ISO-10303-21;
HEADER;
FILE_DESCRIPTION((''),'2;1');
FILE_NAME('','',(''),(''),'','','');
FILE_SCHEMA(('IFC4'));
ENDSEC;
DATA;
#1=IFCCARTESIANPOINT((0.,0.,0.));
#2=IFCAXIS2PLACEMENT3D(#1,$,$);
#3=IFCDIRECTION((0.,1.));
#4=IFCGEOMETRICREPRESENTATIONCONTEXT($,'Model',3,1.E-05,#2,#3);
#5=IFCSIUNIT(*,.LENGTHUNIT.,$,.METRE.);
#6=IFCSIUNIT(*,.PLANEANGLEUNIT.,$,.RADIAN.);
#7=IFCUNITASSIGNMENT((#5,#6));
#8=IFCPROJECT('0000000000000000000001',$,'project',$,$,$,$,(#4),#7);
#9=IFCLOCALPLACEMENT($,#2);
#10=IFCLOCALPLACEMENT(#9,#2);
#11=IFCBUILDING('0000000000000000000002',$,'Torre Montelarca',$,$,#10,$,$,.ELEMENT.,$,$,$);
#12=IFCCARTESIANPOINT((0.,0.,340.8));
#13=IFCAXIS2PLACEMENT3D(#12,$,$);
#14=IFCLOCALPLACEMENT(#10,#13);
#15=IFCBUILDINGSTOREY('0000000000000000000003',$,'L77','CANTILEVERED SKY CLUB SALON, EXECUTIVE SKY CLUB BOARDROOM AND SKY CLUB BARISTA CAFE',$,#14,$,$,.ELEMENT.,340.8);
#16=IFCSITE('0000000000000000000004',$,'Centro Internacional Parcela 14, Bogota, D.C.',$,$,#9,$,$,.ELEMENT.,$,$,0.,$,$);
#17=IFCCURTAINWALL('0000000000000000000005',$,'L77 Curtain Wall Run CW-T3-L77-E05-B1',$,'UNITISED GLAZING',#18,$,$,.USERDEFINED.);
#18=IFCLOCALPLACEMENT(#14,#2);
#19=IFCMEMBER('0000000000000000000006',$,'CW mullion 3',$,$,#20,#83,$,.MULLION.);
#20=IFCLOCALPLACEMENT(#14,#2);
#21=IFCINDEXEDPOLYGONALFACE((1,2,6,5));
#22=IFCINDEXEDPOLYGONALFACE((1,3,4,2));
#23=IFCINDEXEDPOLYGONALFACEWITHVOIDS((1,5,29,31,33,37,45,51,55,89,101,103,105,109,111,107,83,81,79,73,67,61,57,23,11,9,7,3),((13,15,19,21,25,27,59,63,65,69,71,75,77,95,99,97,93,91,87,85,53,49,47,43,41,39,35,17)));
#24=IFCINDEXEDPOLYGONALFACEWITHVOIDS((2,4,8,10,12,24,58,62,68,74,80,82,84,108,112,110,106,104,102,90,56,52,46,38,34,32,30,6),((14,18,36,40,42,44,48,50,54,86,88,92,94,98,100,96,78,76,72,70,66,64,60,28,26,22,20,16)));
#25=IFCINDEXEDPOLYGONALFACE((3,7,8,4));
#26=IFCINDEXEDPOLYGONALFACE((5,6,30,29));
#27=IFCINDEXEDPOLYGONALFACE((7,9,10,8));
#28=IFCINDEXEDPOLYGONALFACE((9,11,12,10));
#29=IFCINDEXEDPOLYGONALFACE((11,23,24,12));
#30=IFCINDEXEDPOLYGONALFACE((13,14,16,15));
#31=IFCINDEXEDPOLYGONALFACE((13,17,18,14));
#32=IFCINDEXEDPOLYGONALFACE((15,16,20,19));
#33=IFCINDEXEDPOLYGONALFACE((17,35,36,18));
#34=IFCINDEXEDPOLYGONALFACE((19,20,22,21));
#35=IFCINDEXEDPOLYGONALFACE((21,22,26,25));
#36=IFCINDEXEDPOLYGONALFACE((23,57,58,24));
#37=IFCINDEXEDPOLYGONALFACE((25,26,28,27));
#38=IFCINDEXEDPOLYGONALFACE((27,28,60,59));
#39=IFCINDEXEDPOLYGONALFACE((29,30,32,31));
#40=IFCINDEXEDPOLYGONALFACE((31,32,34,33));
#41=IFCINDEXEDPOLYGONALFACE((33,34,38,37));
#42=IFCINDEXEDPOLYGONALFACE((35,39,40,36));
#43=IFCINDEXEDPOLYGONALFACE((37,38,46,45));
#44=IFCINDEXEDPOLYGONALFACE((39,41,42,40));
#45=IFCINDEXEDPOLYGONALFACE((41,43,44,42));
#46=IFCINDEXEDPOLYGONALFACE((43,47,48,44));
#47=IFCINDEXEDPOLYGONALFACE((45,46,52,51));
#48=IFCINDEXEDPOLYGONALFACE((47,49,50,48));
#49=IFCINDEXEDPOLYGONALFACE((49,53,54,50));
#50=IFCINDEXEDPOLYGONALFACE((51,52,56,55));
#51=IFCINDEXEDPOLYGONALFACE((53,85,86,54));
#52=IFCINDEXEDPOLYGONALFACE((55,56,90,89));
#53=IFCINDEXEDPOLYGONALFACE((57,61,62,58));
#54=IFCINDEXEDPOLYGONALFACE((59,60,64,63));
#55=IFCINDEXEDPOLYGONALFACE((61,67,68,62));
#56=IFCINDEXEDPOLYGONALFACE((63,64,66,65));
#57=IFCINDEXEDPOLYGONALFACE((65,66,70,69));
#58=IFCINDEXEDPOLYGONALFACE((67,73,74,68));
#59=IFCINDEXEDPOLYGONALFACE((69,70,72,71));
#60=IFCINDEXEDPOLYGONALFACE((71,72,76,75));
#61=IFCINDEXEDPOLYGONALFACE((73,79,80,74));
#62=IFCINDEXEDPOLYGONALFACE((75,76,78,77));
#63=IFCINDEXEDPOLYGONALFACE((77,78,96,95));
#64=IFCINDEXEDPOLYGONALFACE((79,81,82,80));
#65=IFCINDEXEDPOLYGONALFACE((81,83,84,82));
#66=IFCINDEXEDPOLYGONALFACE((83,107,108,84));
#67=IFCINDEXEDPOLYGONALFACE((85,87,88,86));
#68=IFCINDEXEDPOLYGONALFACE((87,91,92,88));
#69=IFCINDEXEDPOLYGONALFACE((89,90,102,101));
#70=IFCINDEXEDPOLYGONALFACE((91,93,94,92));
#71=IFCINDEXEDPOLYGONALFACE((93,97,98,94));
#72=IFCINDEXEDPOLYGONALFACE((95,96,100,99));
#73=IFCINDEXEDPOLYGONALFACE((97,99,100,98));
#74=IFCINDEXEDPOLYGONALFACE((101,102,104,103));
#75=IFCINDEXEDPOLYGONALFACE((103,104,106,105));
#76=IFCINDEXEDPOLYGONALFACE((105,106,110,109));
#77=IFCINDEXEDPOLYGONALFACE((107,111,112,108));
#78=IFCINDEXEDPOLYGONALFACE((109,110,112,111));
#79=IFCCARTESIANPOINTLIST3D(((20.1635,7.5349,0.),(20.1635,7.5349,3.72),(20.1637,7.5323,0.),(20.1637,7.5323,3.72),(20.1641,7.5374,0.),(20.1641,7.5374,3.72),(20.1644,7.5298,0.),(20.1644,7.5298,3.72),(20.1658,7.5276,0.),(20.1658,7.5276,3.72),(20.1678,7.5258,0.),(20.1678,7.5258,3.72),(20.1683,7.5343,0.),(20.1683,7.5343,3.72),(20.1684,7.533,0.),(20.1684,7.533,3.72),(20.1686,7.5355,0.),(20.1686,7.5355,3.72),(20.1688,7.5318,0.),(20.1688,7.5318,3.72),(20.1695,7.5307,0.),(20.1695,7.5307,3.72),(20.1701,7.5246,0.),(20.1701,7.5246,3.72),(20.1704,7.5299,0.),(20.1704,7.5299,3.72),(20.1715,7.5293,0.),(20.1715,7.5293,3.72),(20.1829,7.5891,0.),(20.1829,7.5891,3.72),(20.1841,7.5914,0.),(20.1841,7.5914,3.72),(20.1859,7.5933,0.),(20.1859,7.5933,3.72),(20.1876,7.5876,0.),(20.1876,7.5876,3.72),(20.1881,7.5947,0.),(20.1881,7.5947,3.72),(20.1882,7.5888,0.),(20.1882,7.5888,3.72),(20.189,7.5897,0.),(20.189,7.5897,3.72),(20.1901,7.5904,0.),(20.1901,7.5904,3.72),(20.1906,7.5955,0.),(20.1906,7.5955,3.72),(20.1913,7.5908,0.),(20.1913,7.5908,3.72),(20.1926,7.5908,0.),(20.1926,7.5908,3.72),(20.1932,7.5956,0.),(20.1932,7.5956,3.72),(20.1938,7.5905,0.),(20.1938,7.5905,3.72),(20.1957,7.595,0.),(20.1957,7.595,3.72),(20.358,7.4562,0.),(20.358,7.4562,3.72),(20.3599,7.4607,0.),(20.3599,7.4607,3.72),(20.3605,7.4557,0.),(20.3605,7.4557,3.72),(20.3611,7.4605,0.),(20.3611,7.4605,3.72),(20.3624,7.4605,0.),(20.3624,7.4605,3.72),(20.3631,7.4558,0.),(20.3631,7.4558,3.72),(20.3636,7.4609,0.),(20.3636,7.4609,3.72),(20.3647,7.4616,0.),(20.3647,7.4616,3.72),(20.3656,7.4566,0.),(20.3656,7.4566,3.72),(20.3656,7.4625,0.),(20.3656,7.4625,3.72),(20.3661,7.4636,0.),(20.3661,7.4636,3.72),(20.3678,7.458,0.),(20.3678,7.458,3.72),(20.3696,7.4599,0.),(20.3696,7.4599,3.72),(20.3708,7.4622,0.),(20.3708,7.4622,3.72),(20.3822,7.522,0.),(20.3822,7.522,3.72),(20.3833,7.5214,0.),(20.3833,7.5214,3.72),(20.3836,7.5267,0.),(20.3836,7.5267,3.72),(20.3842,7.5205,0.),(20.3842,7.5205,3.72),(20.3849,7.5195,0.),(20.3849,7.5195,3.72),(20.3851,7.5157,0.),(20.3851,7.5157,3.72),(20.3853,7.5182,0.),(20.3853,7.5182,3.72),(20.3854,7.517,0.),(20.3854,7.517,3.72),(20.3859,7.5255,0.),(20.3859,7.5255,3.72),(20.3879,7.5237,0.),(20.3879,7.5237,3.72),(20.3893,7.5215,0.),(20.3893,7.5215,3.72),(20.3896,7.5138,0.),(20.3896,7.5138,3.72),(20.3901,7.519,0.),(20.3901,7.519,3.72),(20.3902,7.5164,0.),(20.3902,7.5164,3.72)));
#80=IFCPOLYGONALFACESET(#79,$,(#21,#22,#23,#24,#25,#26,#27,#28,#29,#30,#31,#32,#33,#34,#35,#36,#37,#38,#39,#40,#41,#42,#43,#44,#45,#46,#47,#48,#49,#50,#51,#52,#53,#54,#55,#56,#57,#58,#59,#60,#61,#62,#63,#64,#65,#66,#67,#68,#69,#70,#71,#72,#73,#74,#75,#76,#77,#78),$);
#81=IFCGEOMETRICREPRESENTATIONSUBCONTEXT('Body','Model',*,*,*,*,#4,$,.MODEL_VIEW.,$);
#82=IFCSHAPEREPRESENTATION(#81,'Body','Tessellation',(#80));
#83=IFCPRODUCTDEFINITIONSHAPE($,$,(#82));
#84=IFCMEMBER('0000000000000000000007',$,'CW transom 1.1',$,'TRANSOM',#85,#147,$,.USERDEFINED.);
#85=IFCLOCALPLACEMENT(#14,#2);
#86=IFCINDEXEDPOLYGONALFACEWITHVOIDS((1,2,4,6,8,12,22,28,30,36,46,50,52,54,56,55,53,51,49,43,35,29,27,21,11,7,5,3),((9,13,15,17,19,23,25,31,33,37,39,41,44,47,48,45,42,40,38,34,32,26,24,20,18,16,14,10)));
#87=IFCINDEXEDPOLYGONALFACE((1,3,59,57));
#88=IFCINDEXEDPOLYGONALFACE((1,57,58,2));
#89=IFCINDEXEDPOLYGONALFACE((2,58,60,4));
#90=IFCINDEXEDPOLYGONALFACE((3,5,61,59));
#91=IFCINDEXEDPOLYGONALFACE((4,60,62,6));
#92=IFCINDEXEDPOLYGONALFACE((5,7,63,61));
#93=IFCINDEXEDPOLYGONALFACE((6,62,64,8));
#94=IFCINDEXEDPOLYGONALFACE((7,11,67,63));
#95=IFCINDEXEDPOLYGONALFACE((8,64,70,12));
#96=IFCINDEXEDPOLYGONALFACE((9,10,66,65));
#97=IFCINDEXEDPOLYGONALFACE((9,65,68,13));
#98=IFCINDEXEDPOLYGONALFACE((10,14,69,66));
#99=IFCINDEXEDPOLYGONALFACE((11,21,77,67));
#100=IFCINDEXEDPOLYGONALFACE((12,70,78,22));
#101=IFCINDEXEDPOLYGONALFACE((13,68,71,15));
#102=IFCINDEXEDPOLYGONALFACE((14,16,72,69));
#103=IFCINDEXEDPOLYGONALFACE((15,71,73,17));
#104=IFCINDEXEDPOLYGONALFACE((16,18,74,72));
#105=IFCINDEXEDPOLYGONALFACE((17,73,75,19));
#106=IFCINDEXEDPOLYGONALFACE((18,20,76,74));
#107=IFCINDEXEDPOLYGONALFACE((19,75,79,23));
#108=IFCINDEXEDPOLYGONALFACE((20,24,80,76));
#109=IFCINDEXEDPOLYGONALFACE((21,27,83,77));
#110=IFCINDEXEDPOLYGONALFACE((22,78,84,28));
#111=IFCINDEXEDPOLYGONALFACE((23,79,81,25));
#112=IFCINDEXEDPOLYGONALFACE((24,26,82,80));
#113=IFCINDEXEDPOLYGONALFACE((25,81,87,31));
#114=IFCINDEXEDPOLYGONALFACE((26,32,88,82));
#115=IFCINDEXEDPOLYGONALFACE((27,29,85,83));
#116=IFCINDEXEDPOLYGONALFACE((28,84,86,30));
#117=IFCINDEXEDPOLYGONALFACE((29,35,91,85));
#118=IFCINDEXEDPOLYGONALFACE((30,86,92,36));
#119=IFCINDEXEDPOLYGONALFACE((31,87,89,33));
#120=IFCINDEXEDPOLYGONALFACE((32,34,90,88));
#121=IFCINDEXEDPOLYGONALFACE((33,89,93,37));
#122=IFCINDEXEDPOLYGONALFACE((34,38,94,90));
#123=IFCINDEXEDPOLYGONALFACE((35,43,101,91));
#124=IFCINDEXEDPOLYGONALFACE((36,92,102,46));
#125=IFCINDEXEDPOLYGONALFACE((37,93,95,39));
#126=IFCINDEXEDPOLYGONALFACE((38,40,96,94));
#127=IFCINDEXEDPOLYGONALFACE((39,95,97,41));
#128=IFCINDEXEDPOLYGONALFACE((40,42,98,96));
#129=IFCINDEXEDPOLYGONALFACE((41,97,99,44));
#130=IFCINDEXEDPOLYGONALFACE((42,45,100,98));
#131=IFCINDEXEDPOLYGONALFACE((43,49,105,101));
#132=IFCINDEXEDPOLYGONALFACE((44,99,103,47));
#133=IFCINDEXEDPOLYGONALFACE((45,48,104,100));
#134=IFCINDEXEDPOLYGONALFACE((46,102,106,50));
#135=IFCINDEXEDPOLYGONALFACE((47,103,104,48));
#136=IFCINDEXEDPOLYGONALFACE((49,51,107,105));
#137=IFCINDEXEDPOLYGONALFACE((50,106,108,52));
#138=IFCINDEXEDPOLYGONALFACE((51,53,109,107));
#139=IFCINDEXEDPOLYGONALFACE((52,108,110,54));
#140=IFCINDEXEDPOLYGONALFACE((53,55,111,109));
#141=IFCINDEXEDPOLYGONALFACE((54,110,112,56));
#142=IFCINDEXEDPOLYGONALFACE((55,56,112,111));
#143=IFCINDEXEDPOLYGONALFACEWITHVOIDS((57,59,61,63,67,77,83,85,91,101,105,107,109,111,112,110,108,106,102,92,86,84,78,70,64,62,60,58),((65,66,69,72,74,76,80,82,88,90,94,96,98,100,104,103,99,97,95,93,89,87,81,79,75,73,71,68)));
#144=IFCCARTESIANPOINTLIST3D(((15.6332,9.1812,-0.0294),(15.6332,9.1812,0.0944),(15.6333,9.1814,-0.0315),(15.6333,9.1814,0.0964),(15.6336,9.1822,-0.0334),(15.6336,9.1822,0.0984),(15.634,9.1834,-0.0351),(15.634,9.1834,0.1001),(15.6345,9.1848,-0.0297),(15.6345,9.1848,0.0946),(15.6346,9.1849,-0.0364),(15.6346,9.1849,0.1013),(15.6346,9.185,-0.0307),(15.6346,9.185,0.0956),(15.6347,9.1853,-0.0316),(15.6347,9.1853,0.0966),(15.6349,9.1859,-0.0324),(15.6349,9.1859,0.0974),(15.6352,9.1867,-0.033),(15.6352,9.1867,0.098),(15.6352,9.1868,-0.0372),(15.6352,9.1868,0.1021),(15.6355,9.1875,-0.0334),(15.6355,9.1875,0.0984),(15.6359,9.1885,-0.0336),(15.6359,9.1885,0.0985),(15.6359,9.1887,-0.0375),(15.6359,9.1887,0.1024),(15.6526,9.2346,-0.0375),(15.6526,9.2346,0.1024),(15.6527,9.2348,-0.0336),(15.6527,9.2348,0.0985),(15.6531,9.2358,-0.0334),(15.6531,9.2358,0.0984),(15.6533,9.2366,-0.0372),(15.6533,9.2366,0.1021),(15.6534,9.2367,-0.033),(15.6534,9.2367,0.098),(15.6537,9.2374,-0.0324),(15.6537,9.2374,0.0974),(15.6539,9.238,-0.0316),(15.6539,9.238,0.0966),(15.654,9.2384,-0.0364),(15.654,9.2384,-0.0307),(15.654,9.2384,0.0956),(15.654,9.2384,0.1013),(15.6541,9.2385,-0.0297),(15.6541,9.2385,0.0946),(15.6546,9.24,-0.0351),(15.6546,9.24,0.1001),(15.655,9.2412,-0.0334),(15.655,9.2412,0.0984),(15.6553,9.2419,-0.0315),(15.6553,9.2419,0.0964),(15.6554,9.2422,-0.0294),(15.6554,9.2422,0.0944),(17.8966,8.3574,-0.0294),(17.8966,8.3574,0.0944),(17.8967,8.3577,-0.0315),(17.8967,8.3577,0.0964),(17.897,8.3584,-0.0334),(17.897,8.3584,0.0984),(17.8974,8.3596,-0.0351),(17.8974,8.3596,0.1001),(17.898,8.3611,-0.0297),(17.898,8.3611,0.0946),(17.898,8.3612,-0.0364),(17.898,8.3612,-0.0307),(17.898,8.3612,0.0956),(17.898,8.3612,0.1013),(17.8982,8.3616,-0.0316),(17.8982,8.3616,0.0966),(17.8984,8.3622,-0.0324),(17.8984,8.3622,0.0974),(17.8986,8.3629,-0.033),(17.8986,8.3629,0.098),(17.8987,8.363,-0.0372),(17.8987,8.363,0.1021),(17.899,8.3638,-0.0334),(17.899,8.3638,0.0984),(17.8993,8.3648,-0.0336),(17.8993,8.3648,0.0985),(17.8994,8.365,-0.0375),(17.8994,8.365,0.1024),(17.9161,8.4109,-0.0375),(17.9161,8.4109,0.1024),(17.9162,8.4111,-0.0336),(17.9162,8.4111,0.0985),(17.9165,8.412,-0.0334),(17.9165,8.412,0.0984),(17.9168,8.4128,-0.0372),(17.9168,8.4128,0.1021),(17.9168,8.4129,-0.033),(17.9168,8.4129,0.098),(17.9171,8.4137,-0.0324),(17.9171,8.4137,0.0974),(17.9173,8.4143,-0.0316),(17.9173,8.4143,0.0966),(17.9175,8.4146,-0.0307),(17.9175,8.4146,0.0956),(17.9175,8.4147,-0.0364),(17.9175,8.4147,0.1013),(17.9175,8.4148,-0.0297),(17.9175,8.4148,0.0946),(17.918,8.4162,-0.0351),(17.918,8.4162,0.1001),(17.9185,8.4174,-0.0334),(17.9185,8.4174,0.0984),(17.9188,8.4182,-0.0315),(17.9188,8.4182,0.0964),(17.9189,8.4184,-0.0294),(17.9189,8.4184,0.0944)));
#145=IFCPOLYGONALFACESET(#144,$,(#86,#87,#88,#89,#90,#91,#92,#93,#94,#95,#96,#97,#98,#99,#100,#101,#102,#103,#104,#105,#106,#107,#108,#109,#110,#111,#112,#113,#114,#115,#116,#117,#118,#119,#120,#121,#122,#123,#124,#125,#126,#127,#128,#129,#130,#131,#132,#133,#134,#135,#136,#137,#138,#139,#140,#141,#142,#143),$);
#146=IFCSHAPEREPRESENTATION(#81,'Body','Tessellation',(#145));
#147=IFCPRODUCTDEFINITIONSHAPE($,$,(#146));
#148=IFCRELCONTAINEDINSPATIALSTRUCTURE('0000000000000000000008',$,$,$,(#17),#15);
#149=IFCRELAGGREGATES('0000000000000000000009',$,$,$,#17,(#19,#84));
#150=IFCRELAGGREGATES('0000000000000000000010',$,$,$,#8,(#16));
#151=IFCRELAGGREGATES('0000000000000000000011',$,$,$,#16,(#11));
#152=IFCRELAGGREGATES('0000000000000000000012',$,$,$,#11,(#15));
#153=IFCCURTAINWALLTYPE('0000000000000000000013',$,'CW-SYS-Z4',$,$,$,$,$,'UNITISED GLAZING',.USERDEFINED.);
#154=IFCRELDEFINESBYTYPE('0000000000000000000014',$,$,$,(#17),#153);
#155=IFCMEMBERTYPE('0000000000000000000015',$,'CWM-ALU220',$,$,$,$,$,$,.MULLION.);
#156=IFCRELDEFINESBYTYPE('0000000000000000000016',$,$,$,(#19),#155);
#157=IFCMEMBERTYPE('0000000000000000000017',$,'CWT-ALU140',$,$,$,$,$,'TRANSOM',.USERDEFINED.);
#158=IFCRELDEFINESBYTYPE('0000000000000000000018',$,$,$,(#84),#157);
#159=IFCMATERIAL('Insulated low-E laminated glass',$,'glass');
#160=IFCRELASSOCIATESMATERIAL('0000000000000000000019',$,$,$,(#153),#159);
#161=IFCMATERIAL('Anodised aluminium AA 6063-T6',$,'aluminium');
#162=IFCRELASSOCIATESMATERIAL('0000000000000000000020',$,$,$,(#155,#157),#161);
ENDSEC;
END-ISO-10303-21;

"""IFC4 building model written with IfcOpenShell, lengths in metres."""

from ifc_helpers import new_model, si_unit, direction, frame, origin, origin_2d, place, context, subcontext, project, spatial, hollow_rectangle, extrude, source, transform, mapped, material, material_profile, profile_set, type_object, element, aggregate, save


model = new_model("IFC4")

# Units and contexts
model_context = context("Model", 3, precision=1e-05, world=origin(), true_north=direction((0.0, 1.0)))
body_context = subcontext(model_context, "Body", "Model", "MODEL_VIEW")
ifc_project = project(units=[si_unit("LENGTHUNIT", "METRE"), si_unit("PLANEANGLEUNIT", "RADIAN")], contexts=[model_context])

# Site, building, storey
site_placement = place(None, origin())
site = spatial("IfcSite", under=ifc_project, at=site_placement, Name="Centro Internacional Parcela 14, Bogota, D.C.", CompositionType="ELEMENT", RefElevation=0.0)
building_placement = place(site_placement, origin())
building = spatial("IfcBuilding", under=site, at=building_placement, Name="Torre Montelarca", CompositionType="ELEMENT")
storey_placement = place(building_placement, frame((0.0, 0.0, 340.8)))
storey = spatial("IfcBuildingStorey", under=building, at=storey_placement, Name="L77", Description="CANTILEVERED SKY CLUB SALON, EXECUTIVE SKY CLUB BOARDROOM AND SKY CLUB BARISTA CAFE", CompositionType="ELEMENT", Elevation=340.8)

# Shared definitions
ifc_material_1 = material(Name="Insulated low-E laminated glass", Category="glass")
curtain_wall_type = type_object("IfcCurtainWallType", Name="CW-SYS-Z4", ElementType="UNITISED GLAZING", PredefinedType="USERDEFINED", material=ifc_material_1)
ifc_material_2 = material(Name="Anodised aluminium AA 6063-T6", Category="aluminium")
ifc_material_profile_1 = material_profile(ifc_material_2, hollow_rectangle(XDim=0.075, YDim=0.22, WallThickness=0.0049, InnerFilletRadius=0.0049, OuterFilletRadius=0.01, at=origin_2d()), Name="ALU75X220X5", Category="aluminium")
ifc_profile_set_1 = profile_set([ifc_material_profile_1], Name="Anodised aluminium AA 6063-T6")
member_type_1 = type_object("IfcMemberType", Name="CWM-ALU220", PredefinedType="MULLION", material=ifc_profile_set_1)
shared_shape_1 = source(origin(), body_context, "Body", "SweptSolid", [
    extrude(hollow_rectangle(XDim=0.075, YDim=0.22, WallThickness=0.0049, InnerFilletRadius=0.0049, OuterFilletRadius=0.01, at=origin_2d()), origin(), (0.0, 0.0, 1.0), 3.72),
])

# Curtain wall, members
curtain_wall_1_placement = place(storey_placement, origin())
curtain_wall_1 = element("IfcCurtainWall", 1, at=curtain_wall_1_placement, inside=storey, type_object=curtain_wall_type, Name="L77 Curtain Wall Run CW-T3-L77-E05-B1", ObjectType="UNITISED GLAZING", PredefinedType="USERDEFINED")
member_1_placement = place(storey_placement, frame((20.2769, 7.5256, 0.0), z_axis=(0.0, 0.0, 1.0), x_axis=(0.342015, 0.939694, 0.0)))
member_1 = element("IfcMember", 2, at=member_1_placement, type_object=member_type_1, Name="CW mullion 3", PredefinedType="MULLION", context=body_context, shape_type="MappedRepresentation", body=[
    mapped(shared_shape_1, transform((0.0, 0.0, 0.0), scale=1.0)),
])
ifc_material_profile_2 = material_profile(ifc_material_2, hollow_rectangle(XDim=0.0649, YDim=0.1399, WallThickness=0.0039, InnerFilletRadius=0.0039, OuterFilletRadius=0.0081, at=origin_2d()), Name="ALU65X140X4", Category="aluminium")
ifc_profile_set_2 = profile_set([ifc_material_profile_2], Name="Anodised aluminium AA 6063-T6")
member_type_2 = type_object("IfcMemberType", Name="CWT-ALU140", ElementType="TRANSOM", PredefinedType="USERDEFINED", material=ifc_profile_set_2)
shared_shape_2 = source(origin(), body_context, "Body", "SweptSolid", [
    extrude(hollow_rectangle(XDim=0.0649, YDim=0.1399, WallThickness=0.0039, InnerFilletRadius=0.0039, OuterFilletRadius=0.0081, at=origin_2d()), origin(), (0.0, 0.0, 1.0), 2.4087),
])
member_2_placement = place(storey_placement, frame((15.6443, 9.2117, 0.0325), z_axis=(0.939705, -0.341987, 0.0), x_axis=(0.341987, 0.939705, 0.0)))
member_2 = element("IfcMember", 3, at=member_2_placement, type_object=member_type_2, Name="CW transom 1.1", ObjectType="TRANSOM", PredefinedType="USERDEFINED", context=body_context, shape_type="MappedRepresentation", body=[
    mapped(shared_shape_2, transform((0.0, 0.0, 0.0), scale=1.0)),
])

aggregate(curtain_wall_1, [member_1, member_2])

save(model, "model.ifc")
